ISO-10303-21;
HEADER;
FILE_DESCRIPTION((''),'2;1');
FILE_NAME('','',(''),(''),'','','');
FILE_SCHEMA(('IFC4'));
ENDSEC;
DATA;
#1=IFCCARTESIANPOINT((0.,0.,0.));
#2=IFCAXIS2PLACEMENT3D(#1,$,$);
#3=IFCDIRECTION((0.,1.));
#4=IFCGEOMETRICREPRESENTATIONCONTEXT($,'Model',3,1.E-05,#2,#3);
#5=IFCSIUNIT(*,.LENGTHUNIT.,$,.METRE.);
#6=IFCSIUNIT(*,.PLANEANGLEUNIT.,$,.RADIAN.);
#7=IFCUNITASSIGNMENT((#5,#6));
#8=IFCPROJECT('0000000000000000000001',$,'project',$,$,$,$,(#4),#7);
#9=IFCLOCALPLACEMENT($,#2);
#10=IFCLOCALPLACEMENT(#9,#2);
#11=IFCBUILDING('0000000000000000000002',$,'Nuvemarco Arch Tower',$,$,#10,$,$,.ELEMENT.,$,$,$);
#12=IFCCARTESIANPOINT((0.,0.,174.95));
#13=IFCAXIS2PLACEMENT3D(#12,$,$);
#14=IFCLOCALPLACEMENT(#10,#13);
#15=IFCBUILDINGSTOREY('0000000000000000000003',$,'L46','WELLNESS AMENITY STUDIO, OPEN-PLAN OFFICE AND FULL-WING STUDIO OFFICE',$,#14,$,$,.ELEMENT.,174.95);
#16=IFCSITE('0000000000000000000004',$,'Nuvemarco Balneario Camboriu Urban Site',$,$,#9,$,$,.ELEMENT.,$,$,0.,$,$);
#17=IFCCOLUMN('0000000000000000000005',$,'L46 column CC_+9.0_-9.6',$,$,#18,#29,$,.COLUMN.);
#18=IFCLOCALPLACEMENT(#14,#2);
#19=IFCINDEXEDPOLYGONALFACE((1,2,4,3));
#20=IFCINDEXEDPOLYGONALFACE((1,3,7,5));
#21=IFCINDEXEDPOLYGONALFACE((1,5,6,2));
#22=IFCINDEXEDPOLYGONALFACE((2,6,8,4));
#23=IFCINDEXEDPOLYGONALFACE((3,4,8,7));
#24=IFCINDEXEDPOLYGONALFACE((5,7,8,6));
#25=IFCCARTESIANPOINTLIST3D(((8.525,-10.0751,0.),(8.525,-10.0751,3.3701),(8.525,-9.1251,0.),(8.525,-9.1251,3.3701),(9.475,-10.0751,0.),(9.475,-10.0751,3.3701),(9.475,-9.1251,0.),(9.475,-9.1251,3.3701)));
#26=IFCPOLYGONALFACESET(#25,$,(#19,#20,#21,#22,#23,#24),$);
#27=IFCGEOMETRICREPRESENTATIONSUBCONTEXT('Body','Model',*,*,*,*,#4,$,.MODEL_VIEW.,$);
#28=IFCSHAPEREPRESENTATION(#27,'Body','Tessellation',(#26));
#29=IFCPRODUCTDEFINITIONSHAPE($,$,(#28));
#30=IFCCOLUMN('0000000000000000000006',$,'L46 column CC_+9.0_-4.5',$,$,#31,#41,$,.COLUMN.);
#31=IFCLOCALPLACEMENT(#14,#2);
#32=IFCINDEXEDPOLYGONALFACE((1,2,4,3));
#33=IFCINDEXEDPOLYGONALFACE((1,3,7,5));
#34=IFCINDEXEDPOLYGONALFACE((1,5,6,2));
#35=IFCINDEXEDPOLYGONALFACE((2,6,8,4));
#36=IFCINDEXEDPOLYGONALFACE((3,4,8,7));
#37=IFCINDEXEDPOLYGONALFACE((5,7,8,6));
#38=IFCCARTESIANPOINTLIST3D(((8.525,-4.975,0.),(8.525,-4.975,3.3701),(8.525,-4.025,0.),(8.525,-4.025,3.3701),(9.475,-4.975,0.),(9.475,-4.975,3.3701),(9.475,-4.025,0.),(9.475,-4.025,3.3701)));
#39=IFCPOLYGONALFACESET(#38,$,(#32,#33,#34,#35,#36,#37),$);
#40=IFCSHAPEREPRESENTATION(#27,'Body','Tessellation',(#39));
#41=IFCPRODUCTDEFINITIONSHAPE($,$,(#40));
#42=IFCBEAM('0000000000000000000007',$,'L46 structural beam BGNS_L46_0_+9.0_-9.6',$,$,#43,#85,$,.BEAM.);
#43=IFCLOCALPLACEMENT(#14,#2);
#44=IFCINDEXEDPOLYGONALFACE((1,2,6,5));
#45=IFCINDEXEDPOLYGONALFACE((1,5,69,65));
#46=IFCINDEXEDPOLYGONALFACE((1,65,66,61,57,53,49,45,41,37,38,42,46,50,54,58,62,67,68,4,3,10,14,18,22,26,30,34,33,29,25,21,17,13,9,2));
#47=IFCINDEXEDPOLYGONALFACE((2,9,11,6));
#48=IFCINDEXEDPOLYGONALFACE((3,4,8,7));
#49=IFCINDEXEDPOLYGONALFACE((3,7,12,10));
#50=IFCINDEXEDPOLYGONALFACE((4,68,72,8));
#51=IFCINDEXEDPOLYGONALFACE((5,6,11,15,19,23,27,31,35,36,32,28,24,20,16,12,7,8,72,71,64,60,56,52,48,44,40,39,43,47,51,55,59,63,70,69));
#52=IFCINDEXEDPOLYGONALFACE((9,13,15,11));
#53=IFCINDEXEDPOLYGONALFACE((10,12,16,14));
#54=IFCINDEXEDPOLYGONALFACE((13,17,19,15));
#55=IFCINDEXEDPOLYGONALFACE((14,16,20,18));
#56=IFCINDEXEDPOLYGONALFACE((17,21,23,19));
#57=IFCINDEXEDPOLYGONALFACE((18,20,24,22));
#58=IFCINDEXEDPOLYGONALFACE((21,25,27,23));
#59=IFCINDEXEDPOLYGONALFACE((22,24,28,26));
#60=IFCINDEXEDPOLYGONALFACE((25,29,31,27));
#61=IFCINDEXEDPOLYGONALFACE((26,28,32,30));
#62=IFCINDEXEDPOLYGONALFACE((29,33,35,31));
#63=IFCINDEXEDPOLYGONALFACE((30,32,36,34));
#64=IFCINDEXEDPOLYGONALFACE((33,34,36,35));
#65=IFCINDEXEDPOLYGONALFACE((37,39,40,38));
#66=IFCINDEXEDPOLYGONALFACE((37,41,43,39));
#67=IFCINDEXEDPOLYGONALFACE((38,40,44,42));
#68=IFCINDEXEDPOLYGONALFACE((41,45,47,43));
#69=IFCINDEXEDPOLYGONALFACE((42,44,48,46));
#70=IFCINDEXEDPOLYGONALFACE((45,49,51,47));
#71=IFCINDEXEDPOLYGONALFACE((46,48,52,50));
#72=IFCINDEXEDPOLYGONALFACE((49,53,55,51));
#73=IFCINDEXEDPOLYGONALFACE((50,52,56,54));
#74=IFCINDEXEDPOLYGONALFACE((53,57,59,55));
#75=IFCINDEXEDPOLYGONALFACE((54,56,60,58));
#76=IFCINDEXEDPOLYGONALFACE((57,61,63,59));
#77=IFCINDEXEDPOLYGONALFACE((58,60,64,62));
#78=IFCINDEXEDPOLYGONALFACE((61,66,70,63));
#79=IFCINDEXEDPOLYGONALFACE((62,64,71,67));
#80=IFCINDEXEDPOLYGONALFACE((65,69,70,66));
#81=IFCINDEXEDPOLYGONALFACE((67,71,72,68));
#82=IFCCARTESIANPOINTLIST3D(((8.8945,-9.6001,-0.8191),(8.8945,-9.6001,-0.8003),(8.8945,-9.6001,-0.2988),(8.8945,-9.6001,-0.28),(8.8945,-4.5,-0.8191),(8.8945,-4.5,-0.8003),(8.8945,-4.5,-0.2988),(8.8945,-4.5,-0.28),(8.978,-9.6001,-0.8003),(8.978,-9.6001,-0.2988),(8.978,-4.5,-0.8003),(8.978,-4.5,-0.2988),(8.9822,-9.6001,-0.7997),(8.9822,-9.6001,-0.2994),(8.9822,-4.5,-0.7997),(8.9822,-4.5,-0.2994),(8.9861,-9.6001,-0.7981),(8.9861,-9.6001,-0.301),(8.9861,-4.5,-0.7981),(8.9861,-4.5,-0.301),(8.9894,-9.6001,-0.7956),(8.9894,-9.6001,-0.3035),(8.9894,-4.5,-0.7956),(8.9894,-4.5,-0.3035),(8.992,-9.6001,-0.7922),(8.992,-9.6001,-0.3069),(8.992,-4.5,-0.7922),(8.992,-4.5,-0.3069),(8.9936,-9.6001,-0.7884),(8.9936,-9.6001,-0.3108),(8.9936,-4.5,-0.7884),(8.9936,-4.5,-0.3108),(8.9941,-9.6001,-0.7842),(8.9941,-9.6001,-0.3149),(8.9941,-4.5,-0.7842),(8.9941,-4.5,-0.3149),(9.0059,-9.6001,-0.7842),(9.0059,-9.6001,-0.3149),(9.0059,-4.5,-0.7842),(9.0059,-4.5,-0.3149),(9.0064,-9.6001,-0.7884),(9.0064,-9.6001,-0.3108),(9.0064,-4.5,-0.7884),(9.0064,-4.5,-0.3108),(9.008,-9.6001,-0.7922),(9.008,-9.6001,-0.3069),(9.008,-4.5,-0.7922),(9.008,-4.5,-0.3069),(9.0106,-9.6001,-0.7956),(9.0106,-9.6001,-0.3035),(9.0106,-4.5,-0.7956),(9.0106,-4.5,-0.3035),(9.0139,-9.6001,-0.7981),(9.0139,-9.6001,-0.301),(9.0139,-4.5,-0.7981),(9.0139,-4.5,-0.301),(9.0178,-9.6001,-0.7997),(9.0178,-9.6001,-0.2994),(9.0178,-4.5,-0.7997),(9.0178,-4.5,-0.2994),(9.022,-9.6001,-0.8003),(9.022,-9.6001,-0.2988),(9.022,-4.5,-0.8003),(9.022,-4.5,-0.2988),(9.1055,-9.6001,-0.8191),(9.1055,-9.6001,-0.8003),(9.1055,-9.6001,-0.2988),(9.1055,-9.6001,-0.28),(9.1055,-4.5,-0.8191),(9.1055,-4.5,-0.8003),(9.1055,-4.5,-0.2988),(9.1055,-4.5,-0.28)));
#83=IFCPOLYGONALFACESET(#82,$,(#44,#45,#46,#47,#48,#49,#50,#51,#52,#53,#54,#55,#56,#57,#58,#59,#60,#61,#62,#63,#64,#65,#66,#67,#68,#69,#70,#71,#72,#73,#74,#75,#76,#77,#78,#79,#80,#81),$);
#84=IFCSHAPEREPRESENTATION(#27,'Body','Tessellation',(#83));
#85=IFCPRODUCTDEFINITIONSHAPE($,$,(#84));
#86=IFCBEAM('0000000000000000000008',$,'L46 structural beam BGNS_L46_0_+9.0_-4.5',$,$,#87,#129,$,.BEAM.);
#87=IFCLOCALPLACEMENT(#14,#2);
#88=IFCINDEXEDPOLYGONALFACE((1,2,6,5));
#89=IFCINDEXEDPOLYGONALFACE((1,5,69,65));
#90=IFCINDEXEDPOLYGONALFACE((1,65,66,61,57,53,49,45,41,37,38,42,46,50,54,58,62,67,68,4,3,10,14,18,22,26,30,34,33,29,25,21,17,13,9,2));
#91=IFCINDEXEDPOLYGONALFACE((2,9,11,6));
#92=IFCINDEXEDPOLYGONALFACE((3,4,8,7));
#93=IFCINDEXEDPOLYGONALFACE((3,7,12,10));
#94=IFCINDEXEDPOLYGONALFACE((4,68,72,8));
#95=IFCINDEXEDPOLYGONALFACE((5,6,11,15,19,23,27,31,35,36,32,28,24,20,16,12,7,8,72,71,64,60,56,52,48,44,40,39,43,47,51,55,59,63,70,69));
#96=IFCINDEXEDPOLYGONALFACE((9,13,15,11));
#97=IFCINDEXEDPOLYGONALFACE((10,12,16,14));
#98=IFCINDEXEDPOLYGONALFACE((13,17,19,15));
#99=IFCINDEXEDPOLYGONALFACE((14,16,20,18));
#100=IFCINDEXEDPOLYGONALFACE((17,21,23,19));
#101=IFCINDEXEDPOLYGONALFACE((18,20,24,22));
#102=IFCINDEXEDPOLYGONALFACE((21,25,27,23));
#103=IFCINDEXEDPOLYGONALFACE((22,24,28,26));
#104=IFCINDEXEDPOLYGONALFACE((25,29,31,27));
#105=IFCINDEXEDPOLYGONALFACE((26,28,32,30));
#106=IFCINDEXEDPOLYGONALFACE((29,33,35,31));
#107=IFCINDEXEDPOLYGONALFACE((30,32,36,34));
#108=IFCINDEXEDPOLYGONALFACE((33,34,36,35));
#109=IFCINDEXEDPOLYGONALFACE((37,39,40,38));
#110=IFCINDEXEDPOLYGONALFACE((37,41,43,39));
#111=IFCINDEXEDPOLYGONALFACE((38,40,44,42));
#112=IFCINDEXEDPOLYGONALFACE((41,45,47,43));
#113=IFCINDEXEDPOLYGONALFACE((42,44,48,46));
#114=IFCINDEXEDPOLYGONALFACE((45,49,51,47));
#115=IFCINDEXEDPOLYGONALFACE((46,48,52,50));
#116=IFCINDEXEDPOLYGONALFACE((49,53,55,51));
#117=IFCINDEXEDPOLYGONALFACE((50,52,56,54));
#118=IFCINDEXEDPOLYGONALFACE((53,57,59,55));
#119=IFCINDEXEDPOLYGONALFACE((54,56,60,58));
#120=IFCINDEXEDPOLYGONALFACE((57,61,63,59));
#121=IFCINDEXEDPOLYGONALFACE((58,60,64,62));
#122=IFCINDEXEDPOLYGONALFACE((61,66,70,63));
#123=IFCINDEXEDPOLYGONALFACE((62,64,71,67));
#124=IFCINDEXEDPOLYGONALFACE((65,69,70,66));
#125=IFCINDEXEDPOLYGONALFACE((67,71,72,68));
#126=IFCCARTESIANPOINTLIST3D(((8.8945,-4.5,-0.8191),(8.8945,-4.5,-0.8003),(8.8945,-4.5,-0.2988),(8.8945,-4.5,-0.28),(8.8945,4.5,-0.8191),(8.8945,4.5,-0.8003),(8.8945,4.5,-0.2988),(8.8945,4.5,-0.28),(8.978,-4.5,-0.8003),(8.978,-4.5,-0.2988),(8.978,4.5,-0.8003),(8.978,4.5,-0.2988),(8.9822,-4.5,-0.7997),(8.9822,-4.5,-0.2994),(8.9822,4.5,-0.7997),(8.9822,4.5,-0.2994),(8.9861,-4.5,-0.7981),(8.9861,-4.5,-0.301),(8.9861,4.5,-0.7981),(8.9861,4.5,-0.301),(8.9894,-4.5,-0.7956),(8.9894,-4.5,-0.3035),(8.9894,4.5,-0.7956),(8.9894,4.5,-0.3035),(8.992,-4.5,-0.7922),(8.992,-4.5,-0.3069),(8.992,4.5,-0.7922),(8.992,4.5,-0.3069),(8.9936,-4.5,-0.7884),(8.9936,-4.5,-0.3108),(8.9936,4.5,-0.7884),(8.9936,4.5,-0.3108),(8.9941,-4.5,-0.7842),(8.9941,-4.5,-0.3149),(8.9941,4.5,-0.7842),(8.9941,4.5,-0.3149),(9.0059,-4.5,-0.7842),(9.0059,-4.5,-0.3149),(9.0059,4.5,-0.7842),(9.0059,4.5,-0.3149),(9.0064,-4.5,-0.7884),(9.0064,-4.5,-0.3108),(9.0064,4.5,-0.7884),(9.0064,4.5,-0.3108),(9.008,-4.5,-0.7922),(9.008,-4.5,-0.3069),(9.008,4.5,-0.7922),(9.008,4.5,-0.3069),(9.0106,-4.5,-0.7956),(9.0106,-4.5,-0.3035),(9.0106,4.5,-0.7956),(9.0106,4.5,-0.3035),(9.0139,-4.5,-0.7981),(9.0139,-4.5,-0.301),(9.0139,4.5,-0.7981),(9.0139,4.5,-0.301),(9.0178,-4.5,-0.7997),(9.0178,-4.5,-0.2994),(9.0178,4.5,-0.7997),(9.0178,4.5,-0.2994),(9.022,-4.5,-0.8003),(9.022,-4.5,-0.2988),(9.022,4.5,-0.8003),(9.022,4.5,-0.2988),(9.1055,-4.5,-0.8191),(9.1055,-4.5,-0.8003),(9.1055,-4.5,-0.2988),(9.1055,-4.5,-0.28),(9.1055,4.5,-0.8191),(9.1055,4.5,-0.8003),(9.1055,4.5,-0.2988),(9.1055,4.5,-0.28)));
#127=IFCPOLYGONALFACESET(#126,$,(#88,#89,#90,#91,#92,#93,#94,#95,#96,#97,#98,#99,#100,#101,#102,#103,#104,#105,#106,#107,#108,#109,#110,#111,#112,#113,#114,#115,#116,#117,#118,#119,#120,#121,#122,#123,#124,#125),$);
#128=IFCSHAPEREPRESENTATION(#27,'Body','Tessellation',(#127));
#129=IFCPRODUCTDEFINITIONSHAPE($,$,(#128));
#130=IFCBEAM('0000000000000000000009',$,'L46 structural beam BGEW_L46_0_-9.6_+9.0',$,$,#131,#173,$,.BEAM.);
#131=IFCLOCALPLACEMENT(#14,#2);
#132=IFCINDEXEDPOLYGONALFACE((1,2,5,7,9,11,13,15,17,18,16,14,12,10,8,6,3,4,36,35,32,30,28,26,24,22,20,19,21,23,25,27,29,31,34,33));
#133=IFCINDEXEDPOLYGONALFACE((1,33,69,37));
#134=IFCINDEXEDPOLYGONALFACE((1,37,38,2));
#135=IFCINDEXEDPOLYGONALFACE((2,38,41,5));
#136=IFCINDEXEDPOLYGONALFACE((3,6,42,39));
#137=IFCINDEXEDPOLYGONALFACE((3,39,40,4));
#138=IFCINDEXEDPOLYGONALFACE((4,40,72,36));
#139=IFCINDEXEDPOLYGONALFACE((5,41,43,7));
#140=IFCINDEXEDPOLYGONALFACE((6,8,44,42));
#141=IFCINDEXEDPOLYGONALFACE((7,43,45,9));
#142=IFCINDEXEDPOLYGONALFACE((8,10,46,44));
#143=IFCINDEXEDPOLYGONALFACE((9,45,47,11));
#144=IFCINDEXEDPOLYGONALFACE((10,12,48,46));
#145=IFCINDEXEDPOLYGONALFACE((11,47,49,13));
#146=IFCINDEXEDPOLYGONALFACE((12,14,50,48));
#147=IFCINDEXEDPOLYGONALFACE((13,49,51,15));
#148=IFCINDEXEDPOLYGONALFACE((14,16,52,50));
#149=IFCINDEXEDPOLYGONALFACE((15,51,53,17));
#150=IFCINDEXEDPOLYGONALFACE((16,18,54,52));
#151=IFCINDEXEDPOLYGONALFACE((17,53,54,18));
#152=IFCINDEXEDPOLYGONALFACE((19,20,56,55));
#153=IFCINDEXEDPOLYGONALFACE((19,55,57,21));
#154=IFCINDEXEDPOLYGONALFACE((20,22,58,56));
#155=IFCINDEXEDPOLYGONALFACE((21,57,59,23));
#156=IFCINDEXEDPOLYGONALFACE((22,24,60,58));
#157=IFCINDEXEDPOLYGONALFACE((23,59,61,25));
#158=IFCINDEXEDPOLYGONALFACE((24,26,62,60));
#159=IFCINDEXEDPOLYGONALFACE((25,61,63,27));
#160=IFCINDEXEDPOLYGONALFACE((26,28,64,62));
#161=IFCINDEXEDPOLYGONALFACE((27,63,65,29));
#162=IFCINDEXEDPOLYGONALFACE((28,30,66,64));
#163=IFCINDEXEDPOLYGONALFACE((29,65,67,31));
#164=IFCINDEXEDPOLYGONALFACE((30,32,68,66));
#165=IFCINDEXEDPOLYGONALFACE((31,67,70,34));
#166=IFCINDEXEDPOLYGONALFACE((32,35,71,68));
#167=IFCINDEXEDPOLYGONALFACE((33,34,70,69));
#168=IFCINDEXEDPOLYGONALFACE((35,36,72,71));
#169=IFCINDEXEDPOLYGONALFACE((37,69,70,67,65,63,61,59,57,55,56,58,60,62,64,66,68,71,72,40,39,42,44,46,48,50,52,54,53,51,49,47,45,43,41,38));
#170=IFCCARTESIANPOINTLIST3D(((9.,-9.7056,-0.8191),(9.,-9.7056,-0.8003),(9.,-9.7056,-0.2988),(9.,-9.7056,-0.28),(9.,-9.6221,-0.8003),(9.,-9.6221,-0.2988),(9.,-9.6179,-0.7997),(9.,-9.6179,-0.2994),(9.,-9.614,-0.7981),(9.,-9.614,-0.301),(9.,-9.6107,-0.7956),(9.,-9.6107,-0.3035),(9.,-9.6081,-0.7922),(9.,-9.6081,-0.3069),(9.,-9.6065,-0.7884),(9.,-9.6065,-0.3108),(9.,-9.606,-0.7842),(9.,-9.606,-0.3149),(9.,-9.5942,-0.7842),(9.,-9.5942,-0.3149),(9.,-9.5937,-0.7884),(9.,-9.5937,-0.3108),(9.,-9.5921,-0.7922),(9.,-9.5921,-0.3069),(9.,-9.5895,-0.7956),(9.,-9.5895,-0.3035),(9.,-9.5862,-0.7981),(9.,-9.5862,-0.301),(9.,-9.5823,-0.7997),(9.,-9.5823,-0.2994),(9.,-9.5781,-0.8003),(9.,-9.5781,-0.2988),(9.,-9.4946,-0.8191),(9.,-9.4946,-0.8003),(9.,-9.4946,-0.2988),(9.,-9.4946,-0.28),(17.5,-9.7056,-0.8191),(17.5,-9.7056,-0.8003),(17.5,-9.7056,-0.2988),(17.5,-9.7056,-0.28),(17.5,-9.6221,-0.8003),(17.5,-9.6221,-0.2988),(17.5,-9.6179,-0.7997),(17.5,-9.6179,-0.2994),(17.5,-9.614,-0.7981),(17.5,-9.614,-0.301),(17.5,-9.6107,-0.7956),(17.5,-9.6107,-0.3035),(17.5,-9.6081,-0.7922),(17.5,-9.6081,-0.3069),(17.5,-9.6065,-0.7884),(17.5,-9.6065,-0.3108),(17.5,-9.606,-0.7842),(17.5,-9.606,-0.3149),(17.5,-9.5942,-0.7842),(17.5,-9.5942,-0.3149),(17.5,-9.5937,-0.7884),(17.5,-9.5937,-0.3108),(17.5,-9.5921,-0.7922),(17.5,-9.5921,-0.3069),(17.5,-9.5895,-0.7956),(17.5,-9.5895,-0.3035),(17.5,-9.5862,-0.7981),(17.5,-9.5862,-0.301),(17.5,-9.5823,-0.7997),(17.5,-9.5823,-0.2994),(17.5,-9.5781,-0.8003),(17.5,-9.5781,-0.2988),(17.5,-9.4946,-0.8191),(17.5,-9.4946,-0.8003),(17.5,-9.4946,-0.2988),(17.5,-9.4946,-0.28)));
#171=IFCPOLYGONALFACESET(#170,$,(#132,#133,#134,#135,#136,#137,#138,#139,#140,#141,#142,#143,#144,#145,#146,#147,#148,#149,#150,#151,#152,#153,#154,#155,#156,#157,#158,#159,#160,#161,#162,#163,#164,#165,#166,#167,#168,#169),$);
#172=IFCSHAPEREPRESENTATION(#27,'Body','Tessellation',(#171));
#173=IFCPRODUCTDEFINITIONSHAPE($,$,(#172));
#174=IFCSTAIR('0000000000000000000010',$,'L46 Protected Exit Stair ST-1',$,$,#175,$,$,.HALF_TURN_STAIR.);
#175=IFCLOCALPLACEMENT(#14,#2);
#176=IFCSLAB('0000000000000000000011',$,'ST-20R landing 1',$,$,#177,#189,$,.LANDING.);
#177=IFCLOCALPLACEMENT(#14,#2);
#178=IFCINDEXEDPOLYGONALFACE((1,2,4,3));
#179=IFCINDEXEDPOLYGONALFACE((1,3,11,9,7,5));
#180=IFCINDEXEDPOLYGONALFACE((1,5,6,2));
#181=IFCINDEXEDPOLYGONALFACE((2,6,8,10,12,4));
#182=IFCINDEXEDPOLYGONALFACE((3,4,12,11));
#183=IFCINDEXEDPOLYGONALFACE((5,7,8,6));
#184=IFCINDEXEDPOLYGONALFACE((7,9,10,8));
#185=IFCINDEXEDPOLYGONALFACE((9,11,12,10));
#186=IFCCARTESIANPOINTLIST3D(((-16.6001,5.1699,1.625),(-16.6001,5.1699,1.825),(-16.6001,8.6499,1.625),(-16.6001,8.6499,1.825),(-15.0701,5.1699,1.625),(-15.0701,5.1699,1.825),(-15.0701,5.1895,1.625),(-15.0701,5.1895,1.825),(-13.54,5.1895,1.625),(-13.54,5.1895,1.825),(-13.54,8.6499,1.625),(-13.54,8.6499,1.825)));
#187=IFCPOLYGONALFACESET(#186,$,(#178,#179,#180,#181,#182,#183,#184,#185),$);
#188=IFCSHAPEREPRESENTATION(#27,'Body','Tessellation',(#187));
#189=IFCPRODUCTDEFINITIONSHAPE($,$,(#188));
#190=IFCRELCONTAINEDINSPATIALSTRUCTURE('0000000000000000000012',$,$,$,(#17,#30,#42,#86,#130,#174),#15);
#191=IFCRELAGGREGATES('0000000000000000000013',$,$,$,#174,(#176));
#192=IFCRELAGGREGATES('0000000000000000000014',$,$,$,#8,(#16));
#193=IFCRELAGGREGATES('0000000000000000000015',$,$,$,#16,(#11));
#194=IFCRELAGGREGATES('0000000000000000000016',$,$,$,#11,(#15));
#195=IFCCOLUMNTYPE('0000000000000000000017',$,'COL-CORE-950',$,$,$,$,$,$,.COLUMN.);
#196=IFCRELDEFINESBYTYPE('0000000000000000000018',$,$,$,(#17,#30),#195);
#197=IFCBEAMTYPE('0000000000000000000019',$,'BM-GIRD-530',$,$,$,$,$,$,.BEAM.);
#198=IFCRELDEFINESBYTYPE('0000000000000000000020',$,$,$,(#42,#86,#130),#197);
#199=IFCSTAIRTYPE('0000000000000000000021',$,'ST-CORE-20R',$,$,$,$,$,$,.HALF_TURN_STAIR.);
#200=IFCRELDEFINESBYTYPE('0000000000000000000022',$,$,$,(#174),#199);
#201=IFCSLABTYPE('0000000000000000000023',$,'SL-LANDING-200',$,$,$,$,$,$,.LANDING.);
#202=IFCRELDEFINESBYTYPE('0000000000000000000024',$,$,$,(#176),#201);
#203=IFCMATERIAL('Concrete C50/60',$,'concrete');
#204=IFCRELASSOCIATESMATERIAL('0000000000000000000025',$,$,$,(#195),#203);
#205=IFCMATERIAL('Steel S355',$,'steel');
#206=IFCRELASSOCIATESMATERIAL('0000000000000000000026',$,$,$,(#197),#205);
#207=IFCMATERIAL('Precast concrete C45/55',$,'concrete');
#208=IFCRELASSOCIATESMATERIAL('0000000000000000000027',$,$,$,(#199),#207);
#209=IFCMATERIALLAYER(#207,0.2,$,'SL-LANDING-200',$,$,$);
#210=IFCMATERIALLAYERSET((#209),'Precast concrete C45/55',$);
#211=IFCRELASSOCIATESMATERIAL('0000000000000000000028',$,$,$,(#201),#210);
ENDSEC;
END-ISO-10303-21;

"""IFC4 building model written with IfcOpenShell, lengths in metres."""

from ifc_helpers import new_model, si_unit, direction, frame, origin, origin_2d, place, context, subcontext, project, spatial, polyline, rectangle, i_section, outline, extrude, material, layer, layer_set, material_profile, profile_set, type_object, element, aggregate, save


model = new_model("IFC4")

# Units and contexts
model_context = context("Model", 3, precision=1e-05, world=origin(), true_north=direction((0.0, 1.0)))
body_context = subcontext(model_context, "Body", "Model", "MODEL_VIEW")
ifc_project = project(units=[si_unit("LENGTHUNIT", "METRE"), si_unit("PLANEANGLEUNIT", "RADIAN")], contexts=[model_context])

# Site, building, storey
site_placement = place(None, origin())
site = spatial("IfcSite", under=ifc_project, at=site_placement, Name="Nuvemarco Balneario Camboriu Urban Site", CompositionType="ELEMENT", RefElevation=0.0)
building_placement = place(site_placement, origin())
building = spatial("IfcBuilding", under=site, at=building_placement, Name="Nuvemarco Arch Tower", CompositionType="ELEMENT")
storey_placement = place(building_placement, frame((0.0, 0.0, 174.95)))
storey = spatial("IfcBuildingStorey", under=building, at=storey_placement, Name="L46", Description="WELLNESS AMENITY STUDIO, OPEN-PLAN OFFICE AND FULL-WING STUDIO OFFICE", CompositionType="ELEMENT", Elevation=174.95)

# Columns
ifc_material_1 = material(Name="Concrete C50/60", Category="concrete")
ifc_material_profile_1 = material_profile(ifc_material_1, rectangle(XDim=0.95, YDim=0.95, at=origin_2d()), Name="RC-COL-950x950")
ifc_profile_set_1 = profile_set([ifc_material_profile_1], Name="Concrete C50/60")
column_type = type_object("IfcColumnType", Name="COL-CORE-950", PredefinedType="COLUMN", material=ifc_profile_set_1)
for number, where, z_axis, x_axis, name in (
    (1, (9.0, -9.6001, 0.0), (0.0, 0.0, 1.0), (1.0, 0.0, 0.0), "L46 column CC_+9.0_-9.6"),
    (2, (9.0, -4.5, 0.0), (0.0, 0.0, 1.0), (1.0, 0.0, 0.0), "L46 column CC_+9.0_-4.5"),
):
    element("IfcColumn", number, at=place(storey_placement, frame(where, z_axis=z_axis, x_axis=x_axis)), inside=storey, type_object=column_type, Name=name, PredefinedType="COLUMN", context=body_context, shape_type="SweptSolid", body=[
        extrude(rectangle(XDim=0.95, YDim=0.95, at=origin_2d()), origin(), (0.0, 0.0, 1.0), 3.3701),
    ])

# Beams
ifc_material_2 = material(Name="Steel S355", Category="steel")
ifc_material_profile_2 = material_profile(ifc_material_2, i_section(OverallWidth=0.2109, OverallDepth=0.5391, WebThickness=0.0117, FlangeThickness=0.0188, FilletRadius=0.0161, at=origin_2d()), Name="W530x109")
ifc_profile_set_2 = profile_set([ifc_material_profile_2], Name="Steel S355")
beam_type = type_object("IfcBeamType", Name="BM-GIRD-530", PredefinedType="BEAM", material=ifc_profile_set_2)
beam_1_placement = place(storey_placement, frame((9.0, -9.6001, -0.5496), z_axis=(0.0, 1.0, 0.0), x_axis=(-1.0, 0.0, 0.0)))
element("IfcBeam", 3, at=beam_1_placement, inside=storey, type_object=beam_type, Name="L46 structural beam BGNS_L46_0_+9.0_-9.6", PredefinedType="BEAM", context=body_context, shape_type="SweptSolid", body=[
    extrude(i_section(OverallWidth=0.2109, OverallDepth=0.5391, WebThickness=0.0117, FlangeThickness=0.0188, FilletRadius=0.0161, at=origin_2d()), origin(), (0.0, 0.0, 1.0), 5.1001),
])
beam_2_placement = place(storey_placement, frame((9.0, -4.5, -0.5496), z_axis=(0.0, 1.0, 0.0), x_axis=(-1.0, 0.0, 0.0)))
element("IfcBeam", 4, at=beam_2_placement, inside=storey, type_object=beam_type, Name="L46 structural beam BGNS_L46_0_+9.0_-4.5", PredefinedType="BEAM", context=body_context, shape_type="SweptSolid", body=[
    extrude(i_section(OverallWidth=0.2109, OverallDepth=0.5391, WebThickness=0.0117, FlangeThickness=0.0188, FilletRadius=0.0161, at=origin_2d()), origin(), (0.0, 0.0, 1.0), 9.0),
])
beam_3_placement = place(storey_placement, frame((9.0, -9.6001, -0.5496), z_axis=(1.0, 0.0, 0.0), x_axis=(0.0, 1.0, 0.0)))
element("IfcBeam", 5, at=beam_3_placement, inside=storey, type_object=beam_type, Name="L46 structural beam BGEW_L46_0_-9.6_+9.0", PredefinedType="BEAM", context=body_context, shape_type="SweptSolid", body=[
    extrude(i_section(OverallWidth=0.2109, OverallDepth=0.5391, WebThickness=0.0117, FlangeThickness=0.0188, FilletRadius=0.0161, at=origin_2d()), origin(), (0.0, 0.0, 1.0), 8.5),
])

# Stair, slab
ifc_material_3 = material(Name="Precast concrete C45/55", Category="concrete")
stair_type = type_object("IfcStairType", Name="ST-CORE-20R", PredefinedType="HALF_TURN_STAIR", material=ifc_material_3)
stair_1_placement = place(storey_placement, origin())
stair_1 = element("IfcStair", 6, at=stair_1_placement, inside=storey, type_object=stair_type, Name="L46 Protected Exit Stair ST-1", PredefinedType="HALF_TURN_STAIR")
ifc_layer_1 = layer(ifc_material_3, 0.2, Name="SL-LANDING-200")
ifc_layer_set_1 = layer_set([ifc_layer_1], Name="Precast concrete C45/55")
slab_type = type_object("IfcSlabType", Name="SL-LANDING-200", PredefinedType="LANDING", material=ifc_layer_set_1)
slab_1_placement = place(storey_placement, frame((0.0, 0.0, 1.625)))
slab_1 = element("IfcSlab", 7, at=slab_1_placement, type_object=slab_type, Name="ST-20R landing 1", PredefinedType="LANDING", context=body_context, shape_type="SweptSolid", body=[
    extrude(outline(polyline([(-13.54, 5.1895), (-13.54, 8.6499), (-16.6001, 8.6499), (-16.6001, 5.1699), (-15.0701, 5.1699), (-15.0701, 5.1895), (-13.54, 5.1895)])), origin(), (0.0, 0.0, 1.0), 0.2),
])
aggregate(stair_1, [slab_1])

save(model, "model.ifc")
